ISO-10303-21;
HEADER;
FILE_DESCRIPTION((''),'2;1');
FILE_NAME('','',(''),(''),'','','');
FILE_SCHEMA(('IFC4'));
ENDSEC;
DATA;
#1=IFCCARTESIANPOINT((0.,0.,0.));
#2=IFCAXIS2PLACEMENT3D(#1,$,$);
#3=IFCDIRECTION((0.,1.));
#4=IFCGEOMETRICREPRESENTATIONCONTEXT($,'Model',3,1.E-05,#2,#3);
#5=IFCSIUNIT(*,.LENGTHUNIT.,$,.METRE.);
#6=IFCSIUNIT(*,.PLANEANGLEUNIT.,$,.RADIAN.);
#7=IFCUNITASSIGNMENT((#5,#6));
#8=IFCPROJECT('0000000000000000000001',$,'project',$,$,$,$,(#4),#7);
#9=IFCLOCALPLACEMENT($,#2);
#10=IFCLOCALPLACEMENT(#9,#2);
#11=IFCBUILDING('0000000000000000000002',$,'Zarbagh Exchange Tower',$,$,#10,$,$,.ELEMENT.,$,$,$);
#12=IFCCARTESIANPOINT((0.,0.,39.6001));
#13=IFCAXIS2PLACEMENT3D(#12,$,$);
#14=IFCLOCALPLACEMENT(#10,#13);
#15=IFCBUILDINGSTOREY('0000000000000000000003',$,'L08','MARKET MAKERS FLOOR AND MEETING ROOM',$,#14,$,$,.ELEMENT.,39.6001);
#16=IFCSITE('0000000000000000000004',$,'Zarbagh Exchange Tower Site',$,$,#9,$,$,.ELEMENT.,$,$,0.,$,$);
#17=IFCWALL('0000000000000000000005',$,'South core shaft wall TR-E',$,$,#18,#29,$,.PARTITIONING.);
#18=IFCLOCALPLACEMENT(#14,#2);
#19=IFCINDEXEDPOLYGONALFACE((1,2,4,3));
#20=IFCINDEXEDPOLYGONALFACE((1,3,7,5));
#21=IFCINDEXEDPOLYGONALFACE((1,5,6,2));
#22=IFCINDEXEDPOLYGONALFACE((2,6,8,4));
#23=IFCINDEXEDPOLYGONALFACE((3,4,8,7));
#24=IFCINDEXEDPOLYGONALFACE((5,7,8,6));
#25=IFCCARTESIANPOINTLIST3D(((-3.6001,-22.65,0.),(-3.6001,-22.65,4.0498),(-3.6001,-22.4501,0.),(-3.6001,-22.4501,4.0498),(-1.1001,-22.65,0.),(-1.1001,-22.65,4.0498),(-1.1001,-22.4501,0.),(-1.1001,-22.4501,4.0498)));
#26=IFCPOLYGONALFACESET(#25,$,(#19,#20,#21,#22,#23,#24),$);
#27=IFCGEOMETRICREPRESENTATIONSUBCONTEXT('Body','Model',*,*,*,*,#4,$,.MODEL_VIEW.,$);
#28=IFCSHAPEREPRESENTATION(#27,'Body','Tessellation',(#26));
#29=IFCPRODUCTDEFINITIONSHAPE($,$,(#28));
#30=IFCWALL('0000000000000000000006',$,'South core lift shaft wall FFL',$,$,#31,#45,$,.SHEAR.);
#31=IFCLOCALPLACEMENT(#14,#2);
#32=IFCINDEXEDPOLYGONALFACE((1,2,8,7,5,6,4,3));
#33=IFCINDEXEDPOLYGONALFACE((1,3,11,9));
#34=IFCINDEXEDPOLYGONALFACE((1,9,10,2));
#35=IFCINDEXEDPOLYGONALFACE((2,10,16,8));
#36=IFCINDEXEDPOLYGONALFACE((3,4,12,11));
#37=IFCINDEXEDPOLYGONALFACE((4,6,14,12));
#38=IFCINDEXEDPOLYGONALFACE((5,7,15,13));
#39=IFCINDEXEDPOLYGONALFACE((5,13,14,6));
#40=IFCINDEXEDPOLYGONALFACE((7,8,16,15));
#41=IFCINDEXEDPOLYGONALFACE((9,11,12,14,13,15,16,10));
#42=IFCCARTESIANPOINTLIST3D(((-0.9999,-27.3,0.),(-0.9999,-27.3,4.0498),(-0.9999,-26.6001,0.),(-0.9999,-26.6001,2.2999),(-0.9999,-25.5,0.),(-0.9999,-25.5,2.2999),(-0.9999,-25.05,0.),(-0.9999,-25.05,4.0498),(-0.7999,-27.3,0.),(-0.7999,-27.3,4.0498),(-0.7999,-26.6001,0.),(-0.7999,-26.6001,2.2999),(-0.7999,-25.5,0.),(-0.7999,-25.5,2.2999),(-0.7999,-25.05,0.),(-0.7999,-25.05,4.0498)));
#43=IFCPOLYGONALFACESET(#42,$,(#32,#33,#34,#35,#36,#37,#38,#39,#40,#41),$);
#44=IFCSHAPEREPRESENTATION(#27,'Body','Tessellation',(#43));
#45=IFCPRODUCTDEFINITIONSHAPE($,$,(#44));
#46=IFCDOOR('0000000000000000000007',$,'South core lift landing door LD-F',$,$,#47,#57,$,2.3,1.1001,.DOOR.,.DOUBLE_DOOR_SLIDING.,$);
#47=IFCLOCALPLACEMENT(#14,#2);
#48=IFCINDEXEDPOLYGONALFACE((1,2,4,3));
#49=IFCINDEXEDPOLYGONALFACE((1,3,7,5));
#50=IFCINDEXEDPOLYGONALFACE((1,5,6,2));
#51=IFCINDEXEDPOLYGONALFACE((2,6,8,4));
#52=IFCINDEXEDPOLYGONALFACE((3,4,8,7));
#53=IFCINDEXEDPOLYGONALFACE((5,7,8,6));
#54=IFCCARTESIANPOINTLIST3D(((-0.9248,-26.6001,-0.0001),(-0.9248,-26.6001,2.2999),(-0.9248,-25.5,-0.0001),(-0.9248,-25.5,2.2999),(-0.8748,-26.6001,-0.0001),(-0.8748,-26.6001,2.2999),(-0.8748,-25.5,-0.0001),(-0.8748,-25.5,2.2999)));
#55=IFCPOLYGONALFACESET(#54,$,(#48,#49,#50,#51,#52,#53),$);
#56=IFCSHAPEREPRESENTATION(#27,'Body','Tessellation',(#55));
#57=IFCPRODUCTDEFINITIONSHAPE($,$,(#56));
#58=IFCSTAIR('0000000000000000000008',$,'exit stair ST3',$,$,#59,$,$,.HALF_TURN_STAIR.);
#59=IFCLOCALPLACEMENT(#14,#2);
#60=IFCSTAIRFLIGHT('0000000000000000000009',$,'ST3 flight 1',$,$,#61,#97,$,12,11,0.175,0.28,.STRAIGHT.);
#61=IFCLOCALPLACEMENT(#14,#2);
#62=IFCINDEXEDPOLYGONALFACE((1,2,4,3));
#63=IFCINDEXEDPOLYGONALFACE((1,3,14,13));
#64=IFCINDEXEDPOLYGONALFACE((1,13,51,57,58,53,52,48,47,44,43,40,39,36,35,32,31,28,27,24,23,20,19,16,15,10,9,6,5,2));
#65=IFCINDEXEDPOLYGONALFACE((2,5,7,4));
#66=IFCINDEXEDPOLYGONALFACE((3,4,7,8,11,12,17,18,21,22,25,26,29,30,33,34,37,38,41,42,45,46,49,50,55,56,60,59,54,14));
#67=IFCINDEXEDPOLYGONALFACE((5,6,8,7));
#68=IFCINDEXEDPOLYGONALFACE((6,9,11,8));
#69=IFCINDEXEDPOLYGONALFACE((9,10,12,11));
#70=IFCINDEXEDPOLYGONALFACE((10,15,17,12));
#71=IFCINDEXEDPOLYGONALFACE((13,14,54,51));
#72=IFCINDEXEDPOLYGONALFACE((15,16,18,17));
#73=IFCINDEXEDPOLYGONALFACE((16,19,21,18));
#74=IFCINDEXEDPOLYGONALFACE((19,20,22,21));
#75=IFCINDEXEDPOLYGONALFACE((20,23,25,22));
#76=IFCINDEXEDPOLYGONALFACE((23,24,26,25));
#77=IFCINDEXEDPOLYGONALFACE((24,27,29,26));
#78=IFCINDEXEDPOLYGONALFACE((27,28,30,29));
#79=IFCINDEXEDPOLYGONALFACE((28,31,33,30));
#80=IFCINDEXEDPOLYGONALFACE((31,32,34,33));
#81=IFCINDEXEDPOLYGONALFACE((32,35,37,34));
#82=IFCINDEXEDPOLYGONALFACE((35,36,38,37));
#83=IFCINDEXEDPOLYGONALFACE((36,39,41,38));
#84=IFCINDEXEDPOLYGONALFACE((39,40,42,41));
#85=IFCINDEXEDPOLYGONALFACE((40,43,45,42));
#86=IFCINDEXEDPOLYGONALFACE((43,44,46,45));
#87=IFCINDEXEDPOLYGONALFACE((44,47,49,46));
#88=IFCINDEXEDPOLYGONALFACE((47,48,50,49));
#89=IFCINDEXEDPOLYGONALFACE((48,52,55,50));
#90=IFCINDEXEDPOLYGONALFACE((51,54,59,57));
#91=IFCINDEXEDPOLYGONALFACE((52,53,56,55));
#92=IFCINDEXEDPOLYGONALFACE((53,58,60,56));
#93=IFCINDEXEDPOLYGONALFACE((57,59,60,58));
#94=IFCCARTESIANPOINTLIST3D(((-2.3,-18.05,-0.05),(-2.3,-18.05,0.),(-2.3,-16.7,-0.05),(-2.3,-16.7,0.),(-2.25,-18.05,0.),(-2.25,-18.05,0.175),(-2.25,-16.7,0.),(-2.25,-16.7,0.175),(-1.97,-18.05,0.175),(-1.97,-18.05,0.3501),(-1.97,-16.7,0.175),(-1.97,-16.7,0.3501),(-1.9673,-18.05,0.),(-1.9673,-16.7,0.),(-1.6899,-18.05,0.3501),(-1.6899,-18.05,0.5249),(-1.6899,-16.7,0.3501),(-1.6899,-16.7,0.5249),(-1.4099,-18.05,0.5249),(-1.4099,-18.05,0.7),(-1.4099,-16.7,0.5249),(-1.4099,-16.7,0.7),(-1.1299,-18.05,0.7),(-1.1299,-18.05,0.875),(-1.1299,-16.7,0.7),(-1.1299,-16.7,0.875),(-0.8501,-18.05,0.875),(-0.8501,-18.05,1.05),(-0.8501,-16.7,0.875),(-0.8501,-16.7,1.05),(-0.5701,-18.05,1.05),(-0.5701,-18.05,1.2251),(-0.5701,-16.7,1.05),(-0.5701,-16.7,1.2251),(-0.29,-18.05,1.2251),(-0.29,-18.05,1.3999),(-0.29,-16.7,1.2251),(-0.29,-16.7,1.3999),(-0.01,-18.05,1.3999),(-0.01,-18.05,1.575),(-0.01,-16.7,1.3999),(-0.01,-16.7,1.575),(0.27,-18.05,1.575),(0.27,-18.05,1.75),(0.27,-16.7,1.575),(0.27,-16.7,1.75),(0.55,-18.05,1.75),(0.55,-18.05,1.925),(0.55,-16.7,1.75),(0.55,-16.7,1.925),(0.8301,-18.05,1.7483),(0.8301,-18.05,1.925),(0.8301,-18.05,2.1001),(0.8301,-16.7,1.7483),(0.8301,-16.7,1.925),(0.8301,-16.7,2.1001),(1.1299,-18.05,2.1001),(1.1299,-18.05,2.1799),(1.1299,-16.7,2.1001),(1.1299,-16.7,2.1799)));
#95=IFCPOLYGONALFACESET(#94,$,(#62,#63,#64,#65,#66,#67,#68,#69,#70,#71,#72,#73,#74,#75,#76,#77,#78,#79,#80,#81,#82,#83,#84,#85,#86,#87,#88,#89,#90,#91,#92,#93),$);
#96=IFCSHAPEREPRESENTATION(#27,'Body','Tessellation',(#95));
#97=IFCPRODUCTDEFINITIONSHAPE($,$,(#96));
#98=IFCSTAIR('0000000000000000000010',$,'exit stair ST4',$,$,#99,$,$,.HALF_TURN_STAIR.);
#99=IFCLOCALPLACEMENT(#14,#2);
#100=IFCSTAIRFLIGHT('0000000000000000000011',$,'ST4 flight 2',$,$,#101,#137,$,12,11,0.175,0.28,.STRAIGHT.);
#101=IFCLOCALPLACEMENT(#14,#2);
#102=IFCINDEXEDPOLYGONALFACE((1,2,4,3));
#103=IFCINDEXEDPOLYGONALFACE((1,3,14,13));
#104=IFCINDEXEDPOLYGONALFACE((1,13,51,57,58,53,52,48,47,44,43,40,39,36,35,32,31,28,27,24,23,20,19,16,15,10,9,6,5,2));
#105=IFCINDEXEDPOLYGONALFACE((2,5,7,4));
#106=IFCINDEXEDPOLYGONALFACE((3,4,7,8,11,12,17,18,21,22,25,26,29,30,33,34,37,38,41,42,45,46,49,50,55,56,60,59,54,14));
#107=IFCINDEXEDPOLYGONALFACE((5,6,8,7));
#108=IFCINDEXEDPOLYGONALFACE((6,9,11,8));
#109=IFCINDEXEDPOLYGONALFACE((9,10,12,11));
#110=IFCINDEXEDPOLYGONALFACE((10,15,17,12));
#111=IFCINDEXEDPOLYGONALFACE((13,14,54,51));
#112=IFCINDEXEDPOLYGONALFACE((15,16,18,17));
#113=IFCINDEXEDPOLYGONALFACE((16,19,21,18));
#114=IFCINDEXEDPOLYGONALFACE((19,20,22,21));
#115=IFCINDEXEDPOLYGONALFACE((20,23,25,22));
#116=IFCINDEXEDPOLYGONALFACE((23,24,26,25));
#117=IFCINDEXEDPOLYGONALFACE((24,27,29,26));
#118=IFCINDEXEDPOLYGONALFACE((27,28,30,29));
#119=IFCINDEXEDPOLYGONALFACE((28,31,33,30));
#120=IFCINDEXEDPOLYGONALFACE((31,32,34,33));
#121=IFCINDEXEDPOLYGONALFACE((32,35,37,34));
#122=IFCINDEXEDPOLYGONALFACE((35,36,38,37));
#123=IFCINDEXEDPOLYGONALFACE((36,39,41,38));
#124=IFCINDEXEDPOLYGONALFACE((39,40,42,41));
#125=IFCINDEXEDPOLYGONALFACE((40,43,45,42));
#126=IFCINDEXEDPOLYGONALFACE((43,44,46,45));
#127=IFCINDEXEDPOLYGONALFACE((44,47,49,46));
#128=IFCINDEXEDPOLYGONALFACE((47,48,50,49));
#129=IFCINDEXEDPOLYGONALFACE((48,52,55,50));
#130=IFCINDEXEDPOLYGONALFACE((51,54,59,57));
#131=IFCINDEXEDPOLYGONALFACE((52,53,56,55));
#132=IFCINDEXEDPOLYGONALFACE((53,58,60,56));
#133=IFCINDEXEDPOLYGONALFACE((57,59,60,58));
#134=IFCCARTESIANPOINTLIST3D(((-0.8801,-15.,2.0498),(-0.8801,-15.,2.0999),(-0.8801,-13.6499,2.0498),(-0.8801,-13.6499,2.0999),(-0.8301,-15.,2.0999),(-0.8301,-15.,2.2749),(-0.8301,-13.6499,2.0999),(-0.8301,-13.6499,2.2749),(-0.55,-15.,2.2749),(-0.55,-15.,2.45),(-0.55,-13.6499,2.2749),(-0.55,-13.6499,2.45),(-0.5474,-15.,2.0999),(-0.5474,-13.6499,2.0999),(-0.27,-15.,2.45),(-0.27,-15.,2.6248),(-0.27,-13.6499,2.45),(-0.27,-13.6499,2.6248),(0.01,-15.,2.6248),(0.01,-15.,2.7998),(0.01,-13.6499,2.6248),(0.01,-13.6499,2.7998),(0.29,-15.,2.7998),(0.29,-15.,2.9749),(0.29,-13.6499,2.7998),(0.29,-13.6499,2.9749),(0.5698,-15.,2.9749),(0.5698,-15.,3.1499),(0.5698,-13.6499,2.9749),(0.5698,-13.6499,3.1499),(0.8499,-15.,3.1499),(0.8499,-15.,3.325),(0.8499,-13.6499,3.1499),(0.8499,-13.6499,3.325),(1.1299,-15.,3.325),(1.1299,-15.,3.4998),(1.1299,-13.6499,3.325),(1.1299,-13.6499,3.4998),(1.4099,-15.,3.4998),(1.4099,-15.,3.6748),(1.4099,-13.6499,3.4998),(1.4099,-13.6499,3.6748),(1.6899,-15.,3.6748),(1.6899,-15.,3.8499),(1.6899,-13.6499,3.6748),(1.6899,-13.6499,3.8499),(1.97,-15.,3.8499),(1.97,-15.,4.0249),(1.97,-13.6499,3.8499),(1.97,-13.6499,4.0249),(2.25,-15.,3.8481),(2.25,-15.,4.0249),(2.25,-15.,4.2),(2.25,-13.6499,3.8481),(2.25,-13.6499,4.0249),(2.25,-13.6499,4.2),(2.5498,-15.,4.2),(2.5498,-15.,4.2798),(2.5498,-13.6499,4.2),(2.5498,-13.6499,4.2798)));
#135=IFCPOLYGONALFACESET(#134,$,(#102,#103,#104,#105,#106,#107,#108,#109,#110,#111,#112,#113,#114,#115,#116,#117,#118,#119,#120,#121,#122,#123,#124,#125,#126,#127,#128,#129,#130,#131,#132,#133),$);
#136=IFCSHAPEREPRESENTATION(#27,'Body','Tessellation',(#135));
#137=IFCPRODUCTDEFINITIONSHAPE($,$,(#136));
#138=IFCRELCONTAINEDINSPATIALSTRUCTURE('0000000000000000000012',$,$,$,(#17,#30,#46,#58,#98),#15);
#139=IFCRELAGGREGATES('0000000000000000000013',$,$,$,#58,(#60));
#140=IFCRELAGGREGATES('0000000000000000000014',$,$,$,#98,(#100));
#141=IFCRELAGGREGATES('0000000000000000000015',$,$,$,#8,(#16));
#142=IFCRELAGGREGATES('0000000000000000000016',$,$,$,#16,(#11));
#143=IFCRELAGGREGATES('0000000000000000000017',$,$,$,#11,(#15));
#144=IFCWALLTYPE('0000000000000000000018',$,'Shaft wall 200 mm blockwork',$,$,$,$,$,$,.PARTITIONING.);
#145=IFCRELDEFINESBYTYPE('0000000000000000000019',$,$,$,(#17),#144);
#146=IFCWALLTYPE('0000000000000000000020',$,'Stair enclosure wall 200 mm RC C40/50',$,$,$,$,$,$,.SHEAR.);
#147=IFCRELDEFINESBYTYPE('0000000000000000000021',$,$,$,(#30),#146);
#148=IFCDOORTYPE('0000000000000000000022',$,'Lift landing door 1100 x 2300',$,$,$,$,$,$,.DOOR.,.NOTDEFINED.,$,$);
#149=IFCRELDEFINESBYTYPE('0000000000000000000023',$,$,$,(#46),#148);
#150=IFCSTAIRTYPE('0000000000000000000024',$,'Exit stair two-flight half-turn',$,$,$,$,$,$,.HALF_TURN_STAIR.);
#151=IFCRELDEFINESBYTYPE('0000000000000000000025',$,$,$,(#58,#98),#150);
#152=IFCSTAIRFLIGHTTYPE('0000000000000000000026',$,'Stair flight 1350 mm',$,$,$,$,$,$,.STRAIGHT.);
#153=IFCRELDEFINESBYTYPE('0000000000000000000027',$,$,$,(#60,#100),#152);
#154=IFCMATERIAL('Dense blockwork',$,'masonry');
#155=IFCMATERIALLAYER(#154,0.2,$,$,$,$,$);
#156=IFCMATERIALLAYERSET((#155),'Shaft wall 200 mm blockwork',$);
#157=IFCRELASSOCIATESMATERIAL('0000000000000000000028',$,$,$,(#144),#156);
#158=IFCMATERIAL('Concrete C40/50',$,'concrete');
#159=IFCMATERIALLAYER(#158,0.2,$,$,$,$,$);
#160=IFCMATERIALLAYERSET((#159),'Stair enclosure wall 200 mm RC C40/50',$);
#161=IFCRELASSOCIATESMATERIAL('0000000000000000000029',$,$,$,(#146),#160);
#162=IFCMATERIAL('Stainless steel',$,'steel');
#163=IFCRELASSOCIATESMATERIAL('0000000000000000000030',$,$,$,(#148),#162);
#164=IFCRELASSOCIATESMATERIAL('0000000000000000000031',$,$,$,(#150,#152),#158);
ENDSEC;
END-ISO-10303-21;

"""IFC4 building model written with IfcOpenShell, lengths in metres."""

from ifc_helpers import new_model, si_unit, direction, frame, frame_2d, origin, place, context, subcontext, project, spatial, polyline, rectangle, outline, extrude, material, layer, layer_set, type_object, element, fill, aggregate, save


model = new_model("IFC4")

# Units and contexts
model_context = context("Model", 3, precision=1e-05, world=origin(), true_north=direction((0.0, 1.0)))
body_context = subcontext(model_context, "Body", "Model", "MODEL_VIEW")
ifc_project = project(units=[si_unit("LENGTHUNIT", "METRE"), si_unit("PLANEANGLEUNIT", "RADIAN")], contexts=[model_context])

# Site, building, storey
site_placement = place(None, origin())
site = spatial("IfcSite", under=ifc_project, at=site_placement, Name="Zarbagh Exchange Tower Site", CompositionType="ELEMENT", RefElevation=0.0)
building_placement = place(site_placement, origin())
building = spatial("IfcBuilding", under=site, at=building_placement, Name="Zarbagh Exchange Tower", CompositionType="ELEMENT")
storey_placement = place(building_placement, frame((0.0, 0.0, 39.6001)))
storey = spatial("IfcBuildingStorey", under=building, at=storey_placement, Name="L08", Description="MARKET MAKERS FLOOR AND MEETING ROOM", CompositionType="ELEMENT", Elevation=39.6001)

# Shared definitions
ifc_material_1 = material(Name="Concrete C40/50", Category="concrete")

# Wall
ifc_material_2 = material(Name="Dense blockwork", Category="masonry")
ifc_layer_1 = layer(ifc_material_2, 0.2)
ifc_layer_set_1 = layer_set([ifc_layer_1], Name="Shaft wall 200 mm blockwork")
wall_type_1 = type_object("IfcWallType", Name="Shaft wall 200 mm blockwork", PredefinedType="PARTITIONING", material=ifc_layer_set_1)
wall_1_placement = place(storey_placement, frame((-1.1001, -22.55, 0.0), z_axis=(0.0, 0.0, 1.0), x_axis=(-1.0, 0.0, 0.0)))
element("IfcWall", 1, at=wall_1_placement, inside=storey, type_object=wall_type_1, Name="South core shaft wall TR-E", PredefinedType="PARTITIONING", context=body_context, shape_type="SweptSolid", body=[
    extrude(rectangle(XDim=2.5, YDim=0.2, at=frame_2d((1.25, 0.0))), origin(), (0.0, 0.0, 1.0), 4.0498),
])

# Wall, opening, door
ifc_layer_2 = layer(ifc_material_1, 0.2)
ifc_layer_set_2 = layer_set([ifc_layer_2], Name="Stair enclosure wall 200 mm RC C40/50")
wall_type_2 = type_object("IfcWallType", Name="Stair enclosure wall 200 mm RC C40/50", PredefinedType="SHEAR", material=ifc_layer_set_2)
wall_2_placement = place(storey_placement, frame((-0.8999, -27.3, 0.0), z_axis=(0.0, 0.0, 1.0), x_axis=(0.0, 1.0, 0.0)))
wall_2 = element("IfcWall", 2, at=wall_2_placement, inside=storey, type_object=wall_type_2, Name="South core lift shaft wall FFL", PredefinedType="SHEAR", context=body_context, shape_type="SweptSolid", body=[
    extrude(rectangle(XDim=2.25, YDim=0.2, at=frame_2d((1.125, 0.0))), origin(), (0.0, 0.0, 1.0), 4.0498),
])
opening_1_placement = place(wall_2_placement, frame((0.7, 0.0, 0.0)))
opening_1 = element("IfcOpeningElement", 3, at=opening_1_placement, cuts=wall_2, PredefinedType="OPENING", context=body_context, shape_type="SweptSolid", body=[
    extrude(rectangle(XDim=1.1001, YDim=2.3, at=frame_2d((0.55, 1.1499))), frame((0.0, 0.1099, 0.0), z_axis=(0.0, -1.0, 0.0), x_axis=(1.0, 0.0, 0.0)), (0.0, 0.0, 1.0), 0.22),
])
ifc_material_3 = material(Name="Stainless steel", Category="steel")
door_type_1 = type_object("IfcDoorType", Name="Lift landing door 1100 x 2300", OperationType="NOTDEFINED", PredefinedType="DOOR", material=ifc_material_3)
door_1_placement = place(opening_1_placement, origin())
door_1 = element("IfcDoor", 4, at=door_1_placement, inside=storey, type_object=door_type_1, Name="South core lift landing door LD-F", OperationType="DOUBLE_DOOR_SLIDING", OverallHeight=2.3, OverallWidth=1.1001, PredefinedType="DOOR", context=body_context, shape_type="SweptSolid", body=[
    extrude(rectangle(XDim=1.1001, YDim=2.3, at=frame_2d((0.55, 1.1499))), frame((0.0, 0.0249, 0.0), z_axis=(0.0, -1.0, 0.0), x_axis=(1.0, 0.0, 0.0)), (0.0, 0.0, 1.0), 0.05),
])
fill(opening_1, door_1)

# Stairs, stair flights
stair_type = type_object("IfcStairType", Name="Exit stair two-flight half-turn", PredefinedType="HALF_TURN_STAIR", material=ifc_material_1)
stair_1_placement = place(storey_placement, origin())
stair_1 = element("IfcStair", 5, at=stair_1_placement, inside=storey, type_object=stair_type, Name="exit stair ST3", PredefinedType="HALF_TURN_STAIR")
stair_flight_type = type_object("IfcStairFlightType", Name="Stair flight 1350 mm", PredefinedType="STRAIGHT", material=ifc_material_1)
stair_flight_1_placement = place(storey_placement, frame((-2.25, -17.375, 0.0), z_axis=(0.0, 0.0, 1.0), x_axis=(1.0, 0.0, 0.0)))
stair_flight_1 = element("IfcStairFlight", 6, at=stair_flight_1_placement, type_object=stair_flight_type, Name="ST3 flight 1", NumberOfRisers=12, NumberOfTreads=11, PredefinedType="STRAIGHT", RiserHeight=0.175, TreadLength=0.28, context=body_context, shape_type="SweptSolid", body=[
    extrude(outline(polyline([(-0.05, -0.05), (-0.05, 0.0), (0.0, 0.0), (0.0, 0.175), (0.28, 0.175), (0.28, 0.3501), (0.5601, 0.3501), (0.5601, 0.5249), (0.8401, 0.5249), (0.8401, 0.7), (1.1201, 0.7), (1.1201, 0.875), (1.3999, 0.875), (1.3999, 1.05), (1.6799, 1.05), (1.6799, 1.2251), (1.96, 1.2251), (1.96, 1.3999), (2.24, 1.3999), (2.24, 1.575), (2.52, 1.575), (2.52, 1.75), (2.8, 1.75), (2.8, 1.925), (3.0801, 1.925), (3.0801, 2.1001), (3.3799, 2.1799), (3.3799, 2.1001), (3.0801, 1.7483), (0.2827, 0.0), (-0.05, -0.05)])), frame((0.0, 0.675, 0.0), z_axis=(0.0, -1.0, 0.0), x_axis=(1.0, 0.0, 0.0)), (0.0, 0.0, 1.0), 1.3501),
])
aggregate(stair_1, [stair_flight_1])
stair_2_placement = place(storey_placement, origin())
stair_2 = element("IfcStair", 7, at=stair_2_placement, inside=storey, type_object=stair_type, Name="exit stair ST4", PredefinedType="HALF_TURN_STAIR")
stair_flight_2_placement = place(storey_placement, frame((-0.8301, -14.325, 2.0999), z_axis=(0.0, 0.0, 1.0), x_axis=(1.0, 0.0, 0.0)))
stair_flight_2 = element("IfcStairFlight", 8, at=stair_flight_2_placement, type_object=stair_flight_type, Name="ST4 flight 2", NumberOfRisers=12, NumberOfTreads=11, PredefinedType="STRAIGHT", RiserHeight=0.175, TreadLength=0.28, context=body_context, shape_type="SweptSolid", body=[
    extrude(outline(polyline([(-0.05, -0.05), (-0.05, 0.0), (0.0, 0.0), (0.0, 0.175), (0.28, 0.175), (0.28, 0.3501), (0.5601, 0.3501), (0.5601, 0.5249), (0.8401, 0.5249), (0.8401, 0.7), (1.1201, 0.7), (1.1201, 0.875), (1.3999, 0.875), (1.3999, 1.05), (1.6799, 1.05), (1.6799, 1.2251), (1.96, 1.2251), (1.96, 1.3999), (2.24, 1.3999), (2.24, 1.575), (2.52, 1.575), (2.52, 1.75), (2.8, 1.75), (2.8, 1.925), (3.0801, 1.925), (3.0801, 2.1001), (3.3799, 2.1799), (3.3799, 2.1001), (3.0801, 1.7483), (0.2827, 0.0), (-0.05, -0.05)])), frame((0.0, 0.675, 0.0), z_axis=(0.0, -1.0, 0.0), x_axis=(1.0, 0.0, 0.0)), (0.0, 0.0, 1.0), 1.3501),
])
aggregate(stair_2, [stair_flight_2])

save(model, "model.ifc")
